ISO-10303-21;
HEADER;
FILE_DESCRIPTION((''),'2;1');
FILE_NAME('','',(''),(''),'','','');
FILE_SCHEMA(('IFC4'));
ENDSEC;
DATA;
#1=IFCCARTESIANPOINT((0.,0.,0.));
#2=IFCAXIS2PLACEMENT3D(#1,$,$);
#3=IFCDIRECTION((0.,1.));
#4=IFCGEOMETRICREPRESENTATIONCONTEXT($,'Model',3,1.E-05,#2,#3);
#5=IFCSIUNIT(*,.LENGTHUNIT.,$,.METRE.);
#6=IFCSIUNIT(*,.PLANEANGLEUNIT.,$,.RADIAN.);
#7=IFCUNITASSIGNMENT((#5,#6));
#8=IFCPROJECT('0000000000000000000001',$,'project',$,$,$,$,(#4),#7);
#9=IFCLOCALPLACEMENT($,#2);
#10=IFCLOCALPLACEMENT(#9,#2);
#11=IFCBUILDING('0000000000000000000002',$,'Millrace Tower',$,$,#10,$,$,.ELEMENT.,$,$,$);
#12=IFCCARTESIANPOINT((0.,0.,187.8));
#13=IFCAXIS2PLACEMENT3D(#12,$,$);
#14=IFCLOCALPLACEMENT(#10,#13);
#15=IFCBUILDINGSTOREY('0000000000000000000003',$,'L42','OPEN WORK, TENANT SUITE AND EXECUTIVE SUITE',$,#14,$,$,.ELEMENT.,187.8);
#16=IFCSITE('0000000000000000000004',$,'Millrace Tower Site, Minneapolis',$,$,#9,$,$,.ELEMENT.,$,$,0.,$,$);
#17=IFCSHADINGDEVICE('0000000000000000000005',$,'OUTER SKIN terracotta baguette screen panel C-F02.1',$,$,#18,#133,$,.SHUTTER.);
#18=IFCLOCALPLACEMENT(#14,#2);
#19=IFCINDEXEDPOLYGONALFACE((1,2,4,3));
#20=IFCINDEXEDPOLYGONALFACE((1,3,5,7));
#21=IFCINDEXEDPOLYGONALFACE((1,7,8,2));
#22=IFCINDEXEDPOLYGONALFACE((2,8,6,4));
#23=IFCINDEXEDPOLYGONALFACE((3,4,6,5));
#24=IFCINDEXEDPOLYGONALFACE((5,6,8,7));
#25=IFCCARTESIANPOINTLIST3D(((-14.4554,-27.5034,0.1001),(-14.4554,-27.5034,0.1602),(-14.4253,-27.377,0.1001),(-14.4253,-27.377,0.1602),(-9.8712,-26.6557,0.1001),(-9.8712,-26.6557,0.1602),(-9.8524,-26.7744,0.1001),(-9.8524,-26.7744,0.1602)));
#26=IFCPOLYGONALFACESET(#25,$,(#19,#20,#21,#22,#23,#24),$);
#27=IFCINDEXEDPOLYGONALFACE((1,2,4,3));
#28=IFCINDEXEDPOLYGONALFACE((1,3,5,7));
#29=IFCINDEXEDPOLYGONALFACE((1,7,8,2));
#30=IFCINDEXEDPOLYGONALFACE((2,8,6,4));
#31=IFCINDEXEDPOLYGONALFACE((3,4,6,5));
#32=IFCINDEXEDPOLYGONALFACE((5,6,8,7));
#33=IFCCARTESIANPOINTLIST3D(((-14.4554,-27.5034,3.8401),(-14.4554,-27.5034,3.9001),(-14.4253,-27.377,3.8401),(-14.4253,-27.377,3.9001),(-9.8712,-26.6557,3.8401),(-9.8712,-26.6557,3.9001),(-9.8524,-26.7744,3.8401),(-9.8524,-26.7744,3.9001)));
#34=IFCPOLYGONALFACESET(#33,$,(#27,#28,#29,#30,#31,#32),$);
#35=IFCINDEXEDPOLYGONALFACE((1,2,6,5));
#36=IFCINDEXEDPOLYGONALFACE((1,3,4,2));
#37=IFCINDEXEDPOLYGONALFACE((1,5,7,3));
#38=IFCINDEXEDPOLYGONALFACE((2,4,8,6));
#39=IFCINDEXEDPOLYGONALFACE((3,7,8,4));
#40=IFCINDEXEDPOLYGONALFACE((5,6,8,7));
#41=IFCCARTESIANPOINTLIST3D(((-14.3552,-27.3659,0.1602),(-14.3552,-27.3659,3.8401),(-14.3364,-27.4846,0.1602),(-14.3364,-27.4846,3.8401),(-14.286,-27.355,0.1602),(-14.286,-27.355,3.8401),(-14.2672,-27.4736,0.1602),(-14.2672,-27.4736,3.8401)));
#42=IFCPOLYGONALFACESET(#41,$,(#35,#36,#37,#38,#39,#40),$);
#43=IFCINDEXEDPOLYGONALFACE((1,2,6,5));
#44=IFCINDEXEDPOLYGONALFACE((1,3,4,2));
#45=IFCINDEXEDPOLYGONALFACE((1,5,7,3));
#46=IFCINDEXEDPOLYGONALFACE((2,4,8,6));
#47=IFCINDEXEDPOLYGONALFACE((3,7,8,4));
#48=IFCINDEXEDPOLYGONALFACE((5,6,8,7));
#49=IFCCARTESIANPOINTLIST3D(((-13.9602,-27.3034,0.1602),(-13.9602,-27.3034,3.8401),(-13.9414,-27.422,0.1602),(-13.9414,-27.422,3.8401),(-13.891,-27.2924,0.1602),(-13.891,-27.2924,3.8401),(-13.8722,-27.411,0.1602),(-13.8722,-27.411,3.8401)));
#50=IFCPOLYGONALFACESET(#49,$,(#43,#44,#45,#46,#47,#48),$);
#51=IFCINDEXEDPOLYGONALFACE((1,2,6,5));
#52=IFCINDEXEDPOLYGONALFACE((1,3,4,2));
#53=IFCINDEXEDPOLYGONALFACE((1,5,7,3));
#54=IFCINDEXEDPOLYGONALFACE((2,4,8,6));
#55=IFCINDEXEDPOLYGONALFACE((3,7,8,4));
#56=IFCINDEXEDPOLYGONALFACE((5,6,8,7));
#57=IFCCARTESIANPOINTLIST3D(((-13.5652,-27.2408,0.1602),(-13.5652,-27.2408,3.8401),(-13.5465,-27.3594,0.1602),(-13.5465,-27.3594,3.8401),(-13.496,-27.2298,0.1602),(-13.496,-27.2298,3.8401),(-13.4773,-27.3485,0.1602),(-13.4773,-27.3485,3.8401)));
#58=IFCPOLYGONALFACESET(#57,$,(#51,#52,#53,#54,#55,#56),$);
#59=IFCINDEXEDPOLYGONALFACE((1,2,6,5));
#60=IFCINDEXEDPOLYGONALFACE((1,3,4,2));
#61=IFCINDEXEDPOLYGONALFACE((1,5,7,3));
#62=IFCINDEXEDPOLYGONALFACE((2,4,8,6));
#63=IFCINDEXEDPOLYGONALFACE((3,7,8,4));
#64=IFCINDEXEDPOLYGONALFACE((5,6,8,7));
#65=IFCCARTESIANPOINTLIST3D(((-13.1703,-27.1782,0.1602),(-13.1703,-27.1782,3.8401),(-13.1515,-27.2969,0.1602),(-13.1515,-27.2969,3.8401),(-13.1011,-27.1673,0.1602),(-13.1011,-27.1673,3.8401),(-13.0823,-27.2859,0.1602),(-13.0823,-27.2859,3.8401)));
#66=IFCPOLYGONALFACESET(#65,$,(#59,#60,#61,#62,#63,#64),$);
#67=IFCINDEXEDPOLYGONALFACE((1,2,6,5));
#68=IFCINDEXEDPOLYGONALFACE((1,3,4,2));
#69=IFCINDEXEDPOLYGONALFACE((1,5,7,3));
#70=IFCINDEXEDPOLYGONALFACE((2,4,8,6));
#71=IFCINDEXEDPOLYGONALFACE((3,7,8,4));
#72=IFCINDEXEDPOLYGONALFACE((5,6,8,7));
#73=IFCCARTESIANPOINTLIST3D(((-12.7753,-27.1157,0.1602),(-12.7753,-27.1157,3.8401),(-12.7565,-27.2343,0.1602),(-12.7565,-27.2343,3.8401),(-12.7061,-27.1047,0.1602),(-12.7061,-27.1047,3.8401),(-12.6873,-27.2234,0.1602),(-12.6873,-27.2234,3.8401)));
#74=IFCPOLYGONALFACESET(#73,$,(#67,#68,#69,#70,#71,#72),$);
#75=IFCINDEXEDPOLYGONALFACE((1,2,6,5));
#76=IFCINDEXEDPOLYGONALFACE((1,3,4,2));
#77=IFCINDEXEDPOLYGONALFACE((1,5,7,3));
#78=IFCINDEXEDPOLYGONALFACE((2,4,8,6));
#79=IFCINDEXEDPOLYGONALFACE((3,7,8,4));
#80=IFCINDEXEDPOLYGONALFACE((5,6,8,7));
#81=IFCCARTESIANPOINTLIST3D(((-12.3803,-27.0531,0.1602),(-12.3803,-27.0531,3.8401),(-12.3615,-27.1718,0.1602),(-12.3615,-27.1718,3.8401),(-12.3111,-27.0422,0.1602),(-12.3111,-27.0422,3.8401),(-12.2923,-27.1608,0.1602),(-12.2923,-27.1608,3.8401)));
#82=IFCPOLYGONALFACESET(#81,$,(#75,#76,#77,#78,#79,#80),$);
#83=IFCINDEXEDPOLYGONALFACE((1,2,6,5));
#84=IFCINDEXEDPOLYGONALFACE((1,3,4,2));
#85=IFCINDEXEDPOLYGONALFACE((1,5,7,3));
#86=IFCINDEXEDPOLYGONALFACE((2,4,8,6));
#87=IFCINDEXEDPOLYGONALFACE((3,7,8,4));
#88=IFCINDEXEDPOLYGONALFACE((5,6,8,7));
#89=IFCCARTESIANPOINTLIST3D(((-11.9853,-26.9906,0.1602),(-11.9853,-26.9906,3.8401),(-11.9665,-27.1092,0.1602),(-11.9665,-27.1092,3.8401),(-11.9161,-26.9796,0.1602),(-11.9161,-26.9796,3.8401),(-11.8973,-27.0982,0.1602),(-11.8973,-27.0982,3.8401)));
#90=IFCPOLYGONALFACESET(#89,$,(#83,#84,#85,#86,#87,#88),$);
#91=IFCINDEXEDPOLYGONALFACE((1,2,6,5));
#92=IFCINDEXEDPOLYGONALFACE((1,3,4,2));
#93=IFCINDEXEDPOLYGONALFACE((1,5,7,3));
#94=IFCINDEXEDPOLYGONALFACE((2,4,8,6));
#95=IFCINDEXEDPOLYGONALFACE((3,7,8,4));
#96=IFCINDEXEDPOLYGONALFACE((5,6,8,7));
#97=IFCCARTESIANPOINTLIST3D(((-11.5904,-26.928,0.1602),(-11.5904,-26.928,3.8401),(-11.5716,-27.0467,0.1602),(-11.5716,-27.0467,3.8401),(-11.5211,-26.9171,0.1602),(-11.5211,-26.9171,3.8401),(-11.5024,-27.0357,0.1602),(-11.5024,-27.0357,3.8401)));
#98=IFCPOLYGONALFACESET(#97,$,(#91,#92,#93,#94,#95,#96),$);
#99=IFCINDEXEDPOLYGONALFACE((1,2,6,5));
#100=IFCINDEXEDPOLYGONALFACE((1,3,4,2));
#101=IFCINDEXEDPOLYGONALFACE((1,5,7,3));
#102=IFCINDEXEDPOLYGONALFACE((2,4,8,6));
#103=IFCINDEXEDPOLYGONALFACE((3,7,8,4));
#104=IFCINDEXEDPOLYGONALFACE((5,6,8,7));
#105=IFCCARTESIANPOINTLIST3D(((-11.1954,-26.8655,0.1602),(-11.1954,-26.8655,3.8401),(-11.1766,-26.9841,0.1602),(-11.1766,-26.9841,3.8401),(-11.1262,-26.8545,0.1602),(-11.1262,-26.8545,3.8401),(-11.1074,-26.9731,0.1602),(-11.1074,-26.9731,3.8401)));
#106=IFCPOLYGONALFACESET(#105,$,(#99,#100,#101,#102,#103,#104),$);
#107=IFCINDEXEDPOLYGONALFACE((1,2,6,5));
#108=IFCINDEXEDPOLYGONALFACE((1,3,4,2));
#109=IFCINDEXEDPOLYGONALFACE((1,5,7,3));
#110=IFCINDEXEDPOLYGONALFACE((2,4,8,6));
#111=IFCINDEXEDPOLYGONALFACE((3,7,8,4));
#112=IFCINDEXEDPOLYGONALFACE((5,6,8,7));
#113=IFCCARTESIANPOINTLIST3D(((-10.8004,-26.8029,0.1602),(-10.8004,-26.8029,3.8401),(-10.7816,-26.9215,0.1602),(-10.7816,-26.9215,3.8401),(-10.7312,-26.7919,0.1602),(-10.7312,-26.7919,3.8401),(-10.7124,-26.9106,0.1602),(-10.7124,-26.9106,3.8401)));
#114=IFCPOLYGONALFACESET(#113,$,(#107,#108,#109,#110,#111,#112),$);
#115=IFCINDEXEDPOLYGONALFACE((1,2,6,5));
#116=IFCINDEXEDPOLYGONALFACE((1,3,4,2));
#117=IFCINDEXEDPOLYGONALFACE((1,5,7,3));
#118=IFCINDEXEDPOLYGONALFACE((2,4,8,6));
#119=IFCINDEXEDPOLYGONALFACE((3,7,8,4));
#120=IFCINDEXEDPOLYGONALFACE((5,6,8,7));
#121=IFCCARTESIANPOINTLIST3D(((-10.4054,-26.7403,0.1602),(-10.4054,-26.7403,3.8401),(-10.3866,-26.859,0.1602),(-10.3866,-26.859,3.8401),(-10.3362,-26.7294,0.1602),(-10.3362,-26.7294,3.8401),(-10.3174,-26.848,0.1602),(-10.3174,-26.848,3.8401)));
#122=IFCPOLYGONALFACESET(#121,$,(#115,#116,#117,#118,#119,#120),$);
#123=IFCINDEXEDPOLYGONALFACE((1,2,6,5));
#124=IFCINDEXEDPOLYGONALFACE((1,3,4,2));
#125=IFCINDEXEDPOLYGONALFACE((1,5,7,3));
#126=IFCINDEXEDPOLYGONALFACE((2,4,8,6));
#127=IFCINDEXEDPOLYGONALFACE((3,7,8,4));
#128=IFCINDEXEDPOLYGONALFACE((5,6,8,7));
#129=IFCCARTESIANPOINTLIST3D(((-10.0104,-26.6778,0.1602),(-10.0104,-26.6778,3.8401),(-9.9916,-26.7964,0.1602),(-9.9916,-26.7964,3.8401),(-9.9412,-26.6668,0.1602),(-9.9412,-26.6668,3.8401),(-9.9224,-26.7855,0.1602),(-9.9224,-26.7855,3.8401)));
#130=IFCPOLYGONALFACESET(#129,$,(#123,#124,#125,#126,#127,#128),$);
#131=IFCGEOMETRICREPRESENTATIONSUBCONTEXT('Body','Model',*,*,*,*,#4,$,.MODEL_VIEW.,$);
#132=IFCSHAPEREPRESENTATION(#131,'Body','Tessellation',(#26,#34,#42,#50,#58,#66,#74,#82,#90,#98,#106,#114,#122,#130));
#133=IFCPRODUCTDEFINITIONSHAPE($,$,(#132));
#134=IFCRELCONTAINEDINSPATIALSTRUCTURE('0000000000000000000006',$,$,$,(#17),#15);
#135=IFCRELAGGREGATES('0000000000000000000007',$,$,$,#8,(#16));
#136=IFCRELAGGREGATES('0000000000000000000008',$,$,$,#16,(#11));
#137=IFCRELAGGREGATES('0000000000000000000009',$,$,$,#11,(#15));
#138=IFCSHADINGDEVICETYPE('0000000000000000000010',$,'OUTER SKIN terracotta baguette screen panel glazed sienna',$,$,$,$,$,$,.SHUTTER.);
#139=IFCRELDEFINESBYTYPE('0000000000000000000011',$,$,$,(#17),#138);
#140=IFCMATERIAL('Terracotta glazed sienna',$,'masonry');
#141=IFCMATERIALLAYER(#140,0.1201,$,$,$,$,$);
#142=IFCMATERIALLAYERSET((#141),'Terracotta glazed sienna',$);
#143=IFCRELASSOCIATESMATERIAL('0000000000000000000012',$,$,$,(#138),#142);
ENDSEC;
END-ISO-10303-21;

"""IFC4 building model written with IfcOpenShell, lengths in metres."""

from ifc_helpers import new_model, entity, si_unit, direction, frame, frame_2d, origin, place, context, subcontext, project, spatial, rectangle, extrude, source, transform, mapped, material, layer, layer_set, type_object, element, save


model = new_model("IFC4")

# Units and contexts
model_context = context("Model", 3, precision=1e-05, world=origin(), true_north=direction((0.0, 1.0)))
body_context = subcontext(model_context, "Body", "Model", "MODEL_VIEW")
ifc_project = project(units=[si_unit("LENGTHUNIT", "METRE"), si_unit("PLANEANGLEUNIT", "RADIAN")], contexts=[model_context])

# Site, building, storey
site_placement = place(None, origin())
site = spatial("IfcSite", under=ifc_project, at=site_placement, Name="Millrace Tower Site, Minneapolis", CompositionType="ELEMENT", RefElevation=0.0)
building_placement = place(site_placement, origin())
building = spatial("IfcBuilding", under=site, at=building_placement, Name="Millrace Tower", CompositionType="ELEMENT")
storey_placement = place(building_placement, frame((0.0, 0.0, 187.8)))
storey = spatial("IfcBuildingStorey", under=building, at=storey_placement, Name="L42", Description="OPEN WORK, TENANT SUITE AND EXECUTIVE SUITE", CompositionType="ELEMENT", Elevation=187.8)

# Shading device
ifc_material_1 = material(Name="Terracotta glazed sienna", Category="masonry")
ifc_layer_1 = layer(ifc_material_1, 0.1201)
ifc_layer_set_1 = layer_set([ifc_layer_1], Name="Terracotta glazed sienna")
shading_device_type = type_object("IfcShadingDeviceType", Name="OUTER SKIN terracotta baguette screen panel glazed sienna", PredefinedType="SHUTTER", material=ifc_layer_set_1)
cartesian_point_1 = entity("IfcCartesianPoint", [-2.293, 0.0601])
shared_polyline_1 = entity("IfcPolyline", [cartesian_point_1, entity("IfcCartesianPoint", [2.3179, 0.0601]), entity("IfcCartesianPoint", [2.3179, -0.0601]), entity("IfcCartesianPoint", [-2.3425, -0.0601]), cartesian_point_1])
shared_shape_1 = source(origin(), body_context, "Body", "SweptSolid", [
    entity("IfcExtrudedAreaSolid", entity("IfcArbitraryClosedProfileDef", "AREA", None, shared_polyline_1), entity("IfcAxis2Placement3D", entity("IfcCartesianPoint", [0.0, 0.0, 0.0])), entity("IfcDirection", [0.0, 0.0, 1.0]), 0.0601),
    entity("IfcExtrudedAreaSolid", entity("IfcArbitraryClosedProfileDef", "AREA", None, shared_polyline_1), entity("IfcAxis2Placement3D", entity("IfcCartesianPoint", [0.0, 0.0, 3.74])), entity("IfcDirection", [0.0, 0.0, 1.0]), 0.0601),
    extrude(rectangle(XDim=0.0701, YDim=0.1201, at=frame_2d((-2.187, 0.0))), frame((0.0, 0.0, 0.0601)), (0.0, 0.0, 1.0), 3.6799),
    extrude(rectangle(XDim=0.0701, YDim=0.1201, at=frame_2d((-1.7871, 0.0))), frame((0.0, 0.0, 0.0601)), (0.0, 0.0, 1.0), 3.6799),
    extrude(rectangle(XDim=0.0701, YDim=0.1201, at=frame_2d((-1.3872, 0.0))), frame((0.0, 0.0, 0.0601)), (0.0, 0.0, 1.0), 3.6799),
    extrude(rectangle(XDim=0.0701, YDim=0.1201, at=frame_2d((-0.9873, 0.0))), frame((0.0, 0.0, 0.0601)), (0.0, 0.0, 1.0), 3.6799),
    extrude(rectangle(XDim=0.0701, YDim=0.1201, at=frame_2d((-0.5874, 0.0))), frame((0.0, 0.0, 0.0601)), (0.0, 0.0, 1.0), 3.6799),
    extrude(rectangle(XDim=0.0701, YDim=0.1201, at=frame_2d((-0.1875, 0.0))), frame((0.0, 0.0, 0.0601)), (0.0, 0.0, 1.0), 3.6799),
    extrude(rectangle(XDim=0.0701, YDim=0.1201, at=frame_2d((0.2124, 0.0))), frame((0.0, 0.0, 0.0601)), (0.0, 0.0, 1.0), 3.6799),
    extrude(rectangle(XDim=0.0701, YDim=0.1201, at=frame_2d((0.6123, 0.0))), frame((0.0, 0.0, 0.0601)), (0.0, 0.0, 1.0), 3.6799),
    extrude(rectangle(XDim=0.0701, YDim=0.1201, at=frame_2d((1.0122, 0.0))), frame((0.0, 0.0, 0.0601)), (0.0, 0.0, 1.0), 3.6799),
    extrude(rectangle(XDim=0.0701, YDim=0.1201, at=frame_2d((1.4121, 0.0))), frame((0.0, 0.0, 0.0601)), (0.0, 0.0, 1.0), 3.6799),
    extrude(rectangle(XDim=0.0701, YDim=0.1201, at=frame_2d((1.812, 0.0))), frame((0.0, 0.0, 0.0601)), (0.0, 0.0, 1.0), 3.6799),
    extrude(rectangle(XDim=0.0701, YDim=0.1201, at=frame_2d((2.2119, 0.0))), frame((0.0, 0.0, 0.0601)), (0.0, 0.0, 1.0), 3.6799),
])
shading_device_placement = place(storey_placement, frame((-12.1511, -27.0776, 0.1001), z_axis=(0.0, 0.0, 1.0), x_axis=(0.987688, 0.156434, 0.0)))
element("IfcShadingDevice", 1, at=shading_device_placement, inside=storey, type_object=shading_device_type, Name="OUTER SKIN terracotta baguette screen panel C-F02.1", PredefinedType="SHUTTER", context=body_context, shape_type="MappedRepresentation", body=[
    mapped(shared_shape_1, transform((0.0, 0.0, 0.0), scale=1.0)),
])

save(model, "model.ifc")
